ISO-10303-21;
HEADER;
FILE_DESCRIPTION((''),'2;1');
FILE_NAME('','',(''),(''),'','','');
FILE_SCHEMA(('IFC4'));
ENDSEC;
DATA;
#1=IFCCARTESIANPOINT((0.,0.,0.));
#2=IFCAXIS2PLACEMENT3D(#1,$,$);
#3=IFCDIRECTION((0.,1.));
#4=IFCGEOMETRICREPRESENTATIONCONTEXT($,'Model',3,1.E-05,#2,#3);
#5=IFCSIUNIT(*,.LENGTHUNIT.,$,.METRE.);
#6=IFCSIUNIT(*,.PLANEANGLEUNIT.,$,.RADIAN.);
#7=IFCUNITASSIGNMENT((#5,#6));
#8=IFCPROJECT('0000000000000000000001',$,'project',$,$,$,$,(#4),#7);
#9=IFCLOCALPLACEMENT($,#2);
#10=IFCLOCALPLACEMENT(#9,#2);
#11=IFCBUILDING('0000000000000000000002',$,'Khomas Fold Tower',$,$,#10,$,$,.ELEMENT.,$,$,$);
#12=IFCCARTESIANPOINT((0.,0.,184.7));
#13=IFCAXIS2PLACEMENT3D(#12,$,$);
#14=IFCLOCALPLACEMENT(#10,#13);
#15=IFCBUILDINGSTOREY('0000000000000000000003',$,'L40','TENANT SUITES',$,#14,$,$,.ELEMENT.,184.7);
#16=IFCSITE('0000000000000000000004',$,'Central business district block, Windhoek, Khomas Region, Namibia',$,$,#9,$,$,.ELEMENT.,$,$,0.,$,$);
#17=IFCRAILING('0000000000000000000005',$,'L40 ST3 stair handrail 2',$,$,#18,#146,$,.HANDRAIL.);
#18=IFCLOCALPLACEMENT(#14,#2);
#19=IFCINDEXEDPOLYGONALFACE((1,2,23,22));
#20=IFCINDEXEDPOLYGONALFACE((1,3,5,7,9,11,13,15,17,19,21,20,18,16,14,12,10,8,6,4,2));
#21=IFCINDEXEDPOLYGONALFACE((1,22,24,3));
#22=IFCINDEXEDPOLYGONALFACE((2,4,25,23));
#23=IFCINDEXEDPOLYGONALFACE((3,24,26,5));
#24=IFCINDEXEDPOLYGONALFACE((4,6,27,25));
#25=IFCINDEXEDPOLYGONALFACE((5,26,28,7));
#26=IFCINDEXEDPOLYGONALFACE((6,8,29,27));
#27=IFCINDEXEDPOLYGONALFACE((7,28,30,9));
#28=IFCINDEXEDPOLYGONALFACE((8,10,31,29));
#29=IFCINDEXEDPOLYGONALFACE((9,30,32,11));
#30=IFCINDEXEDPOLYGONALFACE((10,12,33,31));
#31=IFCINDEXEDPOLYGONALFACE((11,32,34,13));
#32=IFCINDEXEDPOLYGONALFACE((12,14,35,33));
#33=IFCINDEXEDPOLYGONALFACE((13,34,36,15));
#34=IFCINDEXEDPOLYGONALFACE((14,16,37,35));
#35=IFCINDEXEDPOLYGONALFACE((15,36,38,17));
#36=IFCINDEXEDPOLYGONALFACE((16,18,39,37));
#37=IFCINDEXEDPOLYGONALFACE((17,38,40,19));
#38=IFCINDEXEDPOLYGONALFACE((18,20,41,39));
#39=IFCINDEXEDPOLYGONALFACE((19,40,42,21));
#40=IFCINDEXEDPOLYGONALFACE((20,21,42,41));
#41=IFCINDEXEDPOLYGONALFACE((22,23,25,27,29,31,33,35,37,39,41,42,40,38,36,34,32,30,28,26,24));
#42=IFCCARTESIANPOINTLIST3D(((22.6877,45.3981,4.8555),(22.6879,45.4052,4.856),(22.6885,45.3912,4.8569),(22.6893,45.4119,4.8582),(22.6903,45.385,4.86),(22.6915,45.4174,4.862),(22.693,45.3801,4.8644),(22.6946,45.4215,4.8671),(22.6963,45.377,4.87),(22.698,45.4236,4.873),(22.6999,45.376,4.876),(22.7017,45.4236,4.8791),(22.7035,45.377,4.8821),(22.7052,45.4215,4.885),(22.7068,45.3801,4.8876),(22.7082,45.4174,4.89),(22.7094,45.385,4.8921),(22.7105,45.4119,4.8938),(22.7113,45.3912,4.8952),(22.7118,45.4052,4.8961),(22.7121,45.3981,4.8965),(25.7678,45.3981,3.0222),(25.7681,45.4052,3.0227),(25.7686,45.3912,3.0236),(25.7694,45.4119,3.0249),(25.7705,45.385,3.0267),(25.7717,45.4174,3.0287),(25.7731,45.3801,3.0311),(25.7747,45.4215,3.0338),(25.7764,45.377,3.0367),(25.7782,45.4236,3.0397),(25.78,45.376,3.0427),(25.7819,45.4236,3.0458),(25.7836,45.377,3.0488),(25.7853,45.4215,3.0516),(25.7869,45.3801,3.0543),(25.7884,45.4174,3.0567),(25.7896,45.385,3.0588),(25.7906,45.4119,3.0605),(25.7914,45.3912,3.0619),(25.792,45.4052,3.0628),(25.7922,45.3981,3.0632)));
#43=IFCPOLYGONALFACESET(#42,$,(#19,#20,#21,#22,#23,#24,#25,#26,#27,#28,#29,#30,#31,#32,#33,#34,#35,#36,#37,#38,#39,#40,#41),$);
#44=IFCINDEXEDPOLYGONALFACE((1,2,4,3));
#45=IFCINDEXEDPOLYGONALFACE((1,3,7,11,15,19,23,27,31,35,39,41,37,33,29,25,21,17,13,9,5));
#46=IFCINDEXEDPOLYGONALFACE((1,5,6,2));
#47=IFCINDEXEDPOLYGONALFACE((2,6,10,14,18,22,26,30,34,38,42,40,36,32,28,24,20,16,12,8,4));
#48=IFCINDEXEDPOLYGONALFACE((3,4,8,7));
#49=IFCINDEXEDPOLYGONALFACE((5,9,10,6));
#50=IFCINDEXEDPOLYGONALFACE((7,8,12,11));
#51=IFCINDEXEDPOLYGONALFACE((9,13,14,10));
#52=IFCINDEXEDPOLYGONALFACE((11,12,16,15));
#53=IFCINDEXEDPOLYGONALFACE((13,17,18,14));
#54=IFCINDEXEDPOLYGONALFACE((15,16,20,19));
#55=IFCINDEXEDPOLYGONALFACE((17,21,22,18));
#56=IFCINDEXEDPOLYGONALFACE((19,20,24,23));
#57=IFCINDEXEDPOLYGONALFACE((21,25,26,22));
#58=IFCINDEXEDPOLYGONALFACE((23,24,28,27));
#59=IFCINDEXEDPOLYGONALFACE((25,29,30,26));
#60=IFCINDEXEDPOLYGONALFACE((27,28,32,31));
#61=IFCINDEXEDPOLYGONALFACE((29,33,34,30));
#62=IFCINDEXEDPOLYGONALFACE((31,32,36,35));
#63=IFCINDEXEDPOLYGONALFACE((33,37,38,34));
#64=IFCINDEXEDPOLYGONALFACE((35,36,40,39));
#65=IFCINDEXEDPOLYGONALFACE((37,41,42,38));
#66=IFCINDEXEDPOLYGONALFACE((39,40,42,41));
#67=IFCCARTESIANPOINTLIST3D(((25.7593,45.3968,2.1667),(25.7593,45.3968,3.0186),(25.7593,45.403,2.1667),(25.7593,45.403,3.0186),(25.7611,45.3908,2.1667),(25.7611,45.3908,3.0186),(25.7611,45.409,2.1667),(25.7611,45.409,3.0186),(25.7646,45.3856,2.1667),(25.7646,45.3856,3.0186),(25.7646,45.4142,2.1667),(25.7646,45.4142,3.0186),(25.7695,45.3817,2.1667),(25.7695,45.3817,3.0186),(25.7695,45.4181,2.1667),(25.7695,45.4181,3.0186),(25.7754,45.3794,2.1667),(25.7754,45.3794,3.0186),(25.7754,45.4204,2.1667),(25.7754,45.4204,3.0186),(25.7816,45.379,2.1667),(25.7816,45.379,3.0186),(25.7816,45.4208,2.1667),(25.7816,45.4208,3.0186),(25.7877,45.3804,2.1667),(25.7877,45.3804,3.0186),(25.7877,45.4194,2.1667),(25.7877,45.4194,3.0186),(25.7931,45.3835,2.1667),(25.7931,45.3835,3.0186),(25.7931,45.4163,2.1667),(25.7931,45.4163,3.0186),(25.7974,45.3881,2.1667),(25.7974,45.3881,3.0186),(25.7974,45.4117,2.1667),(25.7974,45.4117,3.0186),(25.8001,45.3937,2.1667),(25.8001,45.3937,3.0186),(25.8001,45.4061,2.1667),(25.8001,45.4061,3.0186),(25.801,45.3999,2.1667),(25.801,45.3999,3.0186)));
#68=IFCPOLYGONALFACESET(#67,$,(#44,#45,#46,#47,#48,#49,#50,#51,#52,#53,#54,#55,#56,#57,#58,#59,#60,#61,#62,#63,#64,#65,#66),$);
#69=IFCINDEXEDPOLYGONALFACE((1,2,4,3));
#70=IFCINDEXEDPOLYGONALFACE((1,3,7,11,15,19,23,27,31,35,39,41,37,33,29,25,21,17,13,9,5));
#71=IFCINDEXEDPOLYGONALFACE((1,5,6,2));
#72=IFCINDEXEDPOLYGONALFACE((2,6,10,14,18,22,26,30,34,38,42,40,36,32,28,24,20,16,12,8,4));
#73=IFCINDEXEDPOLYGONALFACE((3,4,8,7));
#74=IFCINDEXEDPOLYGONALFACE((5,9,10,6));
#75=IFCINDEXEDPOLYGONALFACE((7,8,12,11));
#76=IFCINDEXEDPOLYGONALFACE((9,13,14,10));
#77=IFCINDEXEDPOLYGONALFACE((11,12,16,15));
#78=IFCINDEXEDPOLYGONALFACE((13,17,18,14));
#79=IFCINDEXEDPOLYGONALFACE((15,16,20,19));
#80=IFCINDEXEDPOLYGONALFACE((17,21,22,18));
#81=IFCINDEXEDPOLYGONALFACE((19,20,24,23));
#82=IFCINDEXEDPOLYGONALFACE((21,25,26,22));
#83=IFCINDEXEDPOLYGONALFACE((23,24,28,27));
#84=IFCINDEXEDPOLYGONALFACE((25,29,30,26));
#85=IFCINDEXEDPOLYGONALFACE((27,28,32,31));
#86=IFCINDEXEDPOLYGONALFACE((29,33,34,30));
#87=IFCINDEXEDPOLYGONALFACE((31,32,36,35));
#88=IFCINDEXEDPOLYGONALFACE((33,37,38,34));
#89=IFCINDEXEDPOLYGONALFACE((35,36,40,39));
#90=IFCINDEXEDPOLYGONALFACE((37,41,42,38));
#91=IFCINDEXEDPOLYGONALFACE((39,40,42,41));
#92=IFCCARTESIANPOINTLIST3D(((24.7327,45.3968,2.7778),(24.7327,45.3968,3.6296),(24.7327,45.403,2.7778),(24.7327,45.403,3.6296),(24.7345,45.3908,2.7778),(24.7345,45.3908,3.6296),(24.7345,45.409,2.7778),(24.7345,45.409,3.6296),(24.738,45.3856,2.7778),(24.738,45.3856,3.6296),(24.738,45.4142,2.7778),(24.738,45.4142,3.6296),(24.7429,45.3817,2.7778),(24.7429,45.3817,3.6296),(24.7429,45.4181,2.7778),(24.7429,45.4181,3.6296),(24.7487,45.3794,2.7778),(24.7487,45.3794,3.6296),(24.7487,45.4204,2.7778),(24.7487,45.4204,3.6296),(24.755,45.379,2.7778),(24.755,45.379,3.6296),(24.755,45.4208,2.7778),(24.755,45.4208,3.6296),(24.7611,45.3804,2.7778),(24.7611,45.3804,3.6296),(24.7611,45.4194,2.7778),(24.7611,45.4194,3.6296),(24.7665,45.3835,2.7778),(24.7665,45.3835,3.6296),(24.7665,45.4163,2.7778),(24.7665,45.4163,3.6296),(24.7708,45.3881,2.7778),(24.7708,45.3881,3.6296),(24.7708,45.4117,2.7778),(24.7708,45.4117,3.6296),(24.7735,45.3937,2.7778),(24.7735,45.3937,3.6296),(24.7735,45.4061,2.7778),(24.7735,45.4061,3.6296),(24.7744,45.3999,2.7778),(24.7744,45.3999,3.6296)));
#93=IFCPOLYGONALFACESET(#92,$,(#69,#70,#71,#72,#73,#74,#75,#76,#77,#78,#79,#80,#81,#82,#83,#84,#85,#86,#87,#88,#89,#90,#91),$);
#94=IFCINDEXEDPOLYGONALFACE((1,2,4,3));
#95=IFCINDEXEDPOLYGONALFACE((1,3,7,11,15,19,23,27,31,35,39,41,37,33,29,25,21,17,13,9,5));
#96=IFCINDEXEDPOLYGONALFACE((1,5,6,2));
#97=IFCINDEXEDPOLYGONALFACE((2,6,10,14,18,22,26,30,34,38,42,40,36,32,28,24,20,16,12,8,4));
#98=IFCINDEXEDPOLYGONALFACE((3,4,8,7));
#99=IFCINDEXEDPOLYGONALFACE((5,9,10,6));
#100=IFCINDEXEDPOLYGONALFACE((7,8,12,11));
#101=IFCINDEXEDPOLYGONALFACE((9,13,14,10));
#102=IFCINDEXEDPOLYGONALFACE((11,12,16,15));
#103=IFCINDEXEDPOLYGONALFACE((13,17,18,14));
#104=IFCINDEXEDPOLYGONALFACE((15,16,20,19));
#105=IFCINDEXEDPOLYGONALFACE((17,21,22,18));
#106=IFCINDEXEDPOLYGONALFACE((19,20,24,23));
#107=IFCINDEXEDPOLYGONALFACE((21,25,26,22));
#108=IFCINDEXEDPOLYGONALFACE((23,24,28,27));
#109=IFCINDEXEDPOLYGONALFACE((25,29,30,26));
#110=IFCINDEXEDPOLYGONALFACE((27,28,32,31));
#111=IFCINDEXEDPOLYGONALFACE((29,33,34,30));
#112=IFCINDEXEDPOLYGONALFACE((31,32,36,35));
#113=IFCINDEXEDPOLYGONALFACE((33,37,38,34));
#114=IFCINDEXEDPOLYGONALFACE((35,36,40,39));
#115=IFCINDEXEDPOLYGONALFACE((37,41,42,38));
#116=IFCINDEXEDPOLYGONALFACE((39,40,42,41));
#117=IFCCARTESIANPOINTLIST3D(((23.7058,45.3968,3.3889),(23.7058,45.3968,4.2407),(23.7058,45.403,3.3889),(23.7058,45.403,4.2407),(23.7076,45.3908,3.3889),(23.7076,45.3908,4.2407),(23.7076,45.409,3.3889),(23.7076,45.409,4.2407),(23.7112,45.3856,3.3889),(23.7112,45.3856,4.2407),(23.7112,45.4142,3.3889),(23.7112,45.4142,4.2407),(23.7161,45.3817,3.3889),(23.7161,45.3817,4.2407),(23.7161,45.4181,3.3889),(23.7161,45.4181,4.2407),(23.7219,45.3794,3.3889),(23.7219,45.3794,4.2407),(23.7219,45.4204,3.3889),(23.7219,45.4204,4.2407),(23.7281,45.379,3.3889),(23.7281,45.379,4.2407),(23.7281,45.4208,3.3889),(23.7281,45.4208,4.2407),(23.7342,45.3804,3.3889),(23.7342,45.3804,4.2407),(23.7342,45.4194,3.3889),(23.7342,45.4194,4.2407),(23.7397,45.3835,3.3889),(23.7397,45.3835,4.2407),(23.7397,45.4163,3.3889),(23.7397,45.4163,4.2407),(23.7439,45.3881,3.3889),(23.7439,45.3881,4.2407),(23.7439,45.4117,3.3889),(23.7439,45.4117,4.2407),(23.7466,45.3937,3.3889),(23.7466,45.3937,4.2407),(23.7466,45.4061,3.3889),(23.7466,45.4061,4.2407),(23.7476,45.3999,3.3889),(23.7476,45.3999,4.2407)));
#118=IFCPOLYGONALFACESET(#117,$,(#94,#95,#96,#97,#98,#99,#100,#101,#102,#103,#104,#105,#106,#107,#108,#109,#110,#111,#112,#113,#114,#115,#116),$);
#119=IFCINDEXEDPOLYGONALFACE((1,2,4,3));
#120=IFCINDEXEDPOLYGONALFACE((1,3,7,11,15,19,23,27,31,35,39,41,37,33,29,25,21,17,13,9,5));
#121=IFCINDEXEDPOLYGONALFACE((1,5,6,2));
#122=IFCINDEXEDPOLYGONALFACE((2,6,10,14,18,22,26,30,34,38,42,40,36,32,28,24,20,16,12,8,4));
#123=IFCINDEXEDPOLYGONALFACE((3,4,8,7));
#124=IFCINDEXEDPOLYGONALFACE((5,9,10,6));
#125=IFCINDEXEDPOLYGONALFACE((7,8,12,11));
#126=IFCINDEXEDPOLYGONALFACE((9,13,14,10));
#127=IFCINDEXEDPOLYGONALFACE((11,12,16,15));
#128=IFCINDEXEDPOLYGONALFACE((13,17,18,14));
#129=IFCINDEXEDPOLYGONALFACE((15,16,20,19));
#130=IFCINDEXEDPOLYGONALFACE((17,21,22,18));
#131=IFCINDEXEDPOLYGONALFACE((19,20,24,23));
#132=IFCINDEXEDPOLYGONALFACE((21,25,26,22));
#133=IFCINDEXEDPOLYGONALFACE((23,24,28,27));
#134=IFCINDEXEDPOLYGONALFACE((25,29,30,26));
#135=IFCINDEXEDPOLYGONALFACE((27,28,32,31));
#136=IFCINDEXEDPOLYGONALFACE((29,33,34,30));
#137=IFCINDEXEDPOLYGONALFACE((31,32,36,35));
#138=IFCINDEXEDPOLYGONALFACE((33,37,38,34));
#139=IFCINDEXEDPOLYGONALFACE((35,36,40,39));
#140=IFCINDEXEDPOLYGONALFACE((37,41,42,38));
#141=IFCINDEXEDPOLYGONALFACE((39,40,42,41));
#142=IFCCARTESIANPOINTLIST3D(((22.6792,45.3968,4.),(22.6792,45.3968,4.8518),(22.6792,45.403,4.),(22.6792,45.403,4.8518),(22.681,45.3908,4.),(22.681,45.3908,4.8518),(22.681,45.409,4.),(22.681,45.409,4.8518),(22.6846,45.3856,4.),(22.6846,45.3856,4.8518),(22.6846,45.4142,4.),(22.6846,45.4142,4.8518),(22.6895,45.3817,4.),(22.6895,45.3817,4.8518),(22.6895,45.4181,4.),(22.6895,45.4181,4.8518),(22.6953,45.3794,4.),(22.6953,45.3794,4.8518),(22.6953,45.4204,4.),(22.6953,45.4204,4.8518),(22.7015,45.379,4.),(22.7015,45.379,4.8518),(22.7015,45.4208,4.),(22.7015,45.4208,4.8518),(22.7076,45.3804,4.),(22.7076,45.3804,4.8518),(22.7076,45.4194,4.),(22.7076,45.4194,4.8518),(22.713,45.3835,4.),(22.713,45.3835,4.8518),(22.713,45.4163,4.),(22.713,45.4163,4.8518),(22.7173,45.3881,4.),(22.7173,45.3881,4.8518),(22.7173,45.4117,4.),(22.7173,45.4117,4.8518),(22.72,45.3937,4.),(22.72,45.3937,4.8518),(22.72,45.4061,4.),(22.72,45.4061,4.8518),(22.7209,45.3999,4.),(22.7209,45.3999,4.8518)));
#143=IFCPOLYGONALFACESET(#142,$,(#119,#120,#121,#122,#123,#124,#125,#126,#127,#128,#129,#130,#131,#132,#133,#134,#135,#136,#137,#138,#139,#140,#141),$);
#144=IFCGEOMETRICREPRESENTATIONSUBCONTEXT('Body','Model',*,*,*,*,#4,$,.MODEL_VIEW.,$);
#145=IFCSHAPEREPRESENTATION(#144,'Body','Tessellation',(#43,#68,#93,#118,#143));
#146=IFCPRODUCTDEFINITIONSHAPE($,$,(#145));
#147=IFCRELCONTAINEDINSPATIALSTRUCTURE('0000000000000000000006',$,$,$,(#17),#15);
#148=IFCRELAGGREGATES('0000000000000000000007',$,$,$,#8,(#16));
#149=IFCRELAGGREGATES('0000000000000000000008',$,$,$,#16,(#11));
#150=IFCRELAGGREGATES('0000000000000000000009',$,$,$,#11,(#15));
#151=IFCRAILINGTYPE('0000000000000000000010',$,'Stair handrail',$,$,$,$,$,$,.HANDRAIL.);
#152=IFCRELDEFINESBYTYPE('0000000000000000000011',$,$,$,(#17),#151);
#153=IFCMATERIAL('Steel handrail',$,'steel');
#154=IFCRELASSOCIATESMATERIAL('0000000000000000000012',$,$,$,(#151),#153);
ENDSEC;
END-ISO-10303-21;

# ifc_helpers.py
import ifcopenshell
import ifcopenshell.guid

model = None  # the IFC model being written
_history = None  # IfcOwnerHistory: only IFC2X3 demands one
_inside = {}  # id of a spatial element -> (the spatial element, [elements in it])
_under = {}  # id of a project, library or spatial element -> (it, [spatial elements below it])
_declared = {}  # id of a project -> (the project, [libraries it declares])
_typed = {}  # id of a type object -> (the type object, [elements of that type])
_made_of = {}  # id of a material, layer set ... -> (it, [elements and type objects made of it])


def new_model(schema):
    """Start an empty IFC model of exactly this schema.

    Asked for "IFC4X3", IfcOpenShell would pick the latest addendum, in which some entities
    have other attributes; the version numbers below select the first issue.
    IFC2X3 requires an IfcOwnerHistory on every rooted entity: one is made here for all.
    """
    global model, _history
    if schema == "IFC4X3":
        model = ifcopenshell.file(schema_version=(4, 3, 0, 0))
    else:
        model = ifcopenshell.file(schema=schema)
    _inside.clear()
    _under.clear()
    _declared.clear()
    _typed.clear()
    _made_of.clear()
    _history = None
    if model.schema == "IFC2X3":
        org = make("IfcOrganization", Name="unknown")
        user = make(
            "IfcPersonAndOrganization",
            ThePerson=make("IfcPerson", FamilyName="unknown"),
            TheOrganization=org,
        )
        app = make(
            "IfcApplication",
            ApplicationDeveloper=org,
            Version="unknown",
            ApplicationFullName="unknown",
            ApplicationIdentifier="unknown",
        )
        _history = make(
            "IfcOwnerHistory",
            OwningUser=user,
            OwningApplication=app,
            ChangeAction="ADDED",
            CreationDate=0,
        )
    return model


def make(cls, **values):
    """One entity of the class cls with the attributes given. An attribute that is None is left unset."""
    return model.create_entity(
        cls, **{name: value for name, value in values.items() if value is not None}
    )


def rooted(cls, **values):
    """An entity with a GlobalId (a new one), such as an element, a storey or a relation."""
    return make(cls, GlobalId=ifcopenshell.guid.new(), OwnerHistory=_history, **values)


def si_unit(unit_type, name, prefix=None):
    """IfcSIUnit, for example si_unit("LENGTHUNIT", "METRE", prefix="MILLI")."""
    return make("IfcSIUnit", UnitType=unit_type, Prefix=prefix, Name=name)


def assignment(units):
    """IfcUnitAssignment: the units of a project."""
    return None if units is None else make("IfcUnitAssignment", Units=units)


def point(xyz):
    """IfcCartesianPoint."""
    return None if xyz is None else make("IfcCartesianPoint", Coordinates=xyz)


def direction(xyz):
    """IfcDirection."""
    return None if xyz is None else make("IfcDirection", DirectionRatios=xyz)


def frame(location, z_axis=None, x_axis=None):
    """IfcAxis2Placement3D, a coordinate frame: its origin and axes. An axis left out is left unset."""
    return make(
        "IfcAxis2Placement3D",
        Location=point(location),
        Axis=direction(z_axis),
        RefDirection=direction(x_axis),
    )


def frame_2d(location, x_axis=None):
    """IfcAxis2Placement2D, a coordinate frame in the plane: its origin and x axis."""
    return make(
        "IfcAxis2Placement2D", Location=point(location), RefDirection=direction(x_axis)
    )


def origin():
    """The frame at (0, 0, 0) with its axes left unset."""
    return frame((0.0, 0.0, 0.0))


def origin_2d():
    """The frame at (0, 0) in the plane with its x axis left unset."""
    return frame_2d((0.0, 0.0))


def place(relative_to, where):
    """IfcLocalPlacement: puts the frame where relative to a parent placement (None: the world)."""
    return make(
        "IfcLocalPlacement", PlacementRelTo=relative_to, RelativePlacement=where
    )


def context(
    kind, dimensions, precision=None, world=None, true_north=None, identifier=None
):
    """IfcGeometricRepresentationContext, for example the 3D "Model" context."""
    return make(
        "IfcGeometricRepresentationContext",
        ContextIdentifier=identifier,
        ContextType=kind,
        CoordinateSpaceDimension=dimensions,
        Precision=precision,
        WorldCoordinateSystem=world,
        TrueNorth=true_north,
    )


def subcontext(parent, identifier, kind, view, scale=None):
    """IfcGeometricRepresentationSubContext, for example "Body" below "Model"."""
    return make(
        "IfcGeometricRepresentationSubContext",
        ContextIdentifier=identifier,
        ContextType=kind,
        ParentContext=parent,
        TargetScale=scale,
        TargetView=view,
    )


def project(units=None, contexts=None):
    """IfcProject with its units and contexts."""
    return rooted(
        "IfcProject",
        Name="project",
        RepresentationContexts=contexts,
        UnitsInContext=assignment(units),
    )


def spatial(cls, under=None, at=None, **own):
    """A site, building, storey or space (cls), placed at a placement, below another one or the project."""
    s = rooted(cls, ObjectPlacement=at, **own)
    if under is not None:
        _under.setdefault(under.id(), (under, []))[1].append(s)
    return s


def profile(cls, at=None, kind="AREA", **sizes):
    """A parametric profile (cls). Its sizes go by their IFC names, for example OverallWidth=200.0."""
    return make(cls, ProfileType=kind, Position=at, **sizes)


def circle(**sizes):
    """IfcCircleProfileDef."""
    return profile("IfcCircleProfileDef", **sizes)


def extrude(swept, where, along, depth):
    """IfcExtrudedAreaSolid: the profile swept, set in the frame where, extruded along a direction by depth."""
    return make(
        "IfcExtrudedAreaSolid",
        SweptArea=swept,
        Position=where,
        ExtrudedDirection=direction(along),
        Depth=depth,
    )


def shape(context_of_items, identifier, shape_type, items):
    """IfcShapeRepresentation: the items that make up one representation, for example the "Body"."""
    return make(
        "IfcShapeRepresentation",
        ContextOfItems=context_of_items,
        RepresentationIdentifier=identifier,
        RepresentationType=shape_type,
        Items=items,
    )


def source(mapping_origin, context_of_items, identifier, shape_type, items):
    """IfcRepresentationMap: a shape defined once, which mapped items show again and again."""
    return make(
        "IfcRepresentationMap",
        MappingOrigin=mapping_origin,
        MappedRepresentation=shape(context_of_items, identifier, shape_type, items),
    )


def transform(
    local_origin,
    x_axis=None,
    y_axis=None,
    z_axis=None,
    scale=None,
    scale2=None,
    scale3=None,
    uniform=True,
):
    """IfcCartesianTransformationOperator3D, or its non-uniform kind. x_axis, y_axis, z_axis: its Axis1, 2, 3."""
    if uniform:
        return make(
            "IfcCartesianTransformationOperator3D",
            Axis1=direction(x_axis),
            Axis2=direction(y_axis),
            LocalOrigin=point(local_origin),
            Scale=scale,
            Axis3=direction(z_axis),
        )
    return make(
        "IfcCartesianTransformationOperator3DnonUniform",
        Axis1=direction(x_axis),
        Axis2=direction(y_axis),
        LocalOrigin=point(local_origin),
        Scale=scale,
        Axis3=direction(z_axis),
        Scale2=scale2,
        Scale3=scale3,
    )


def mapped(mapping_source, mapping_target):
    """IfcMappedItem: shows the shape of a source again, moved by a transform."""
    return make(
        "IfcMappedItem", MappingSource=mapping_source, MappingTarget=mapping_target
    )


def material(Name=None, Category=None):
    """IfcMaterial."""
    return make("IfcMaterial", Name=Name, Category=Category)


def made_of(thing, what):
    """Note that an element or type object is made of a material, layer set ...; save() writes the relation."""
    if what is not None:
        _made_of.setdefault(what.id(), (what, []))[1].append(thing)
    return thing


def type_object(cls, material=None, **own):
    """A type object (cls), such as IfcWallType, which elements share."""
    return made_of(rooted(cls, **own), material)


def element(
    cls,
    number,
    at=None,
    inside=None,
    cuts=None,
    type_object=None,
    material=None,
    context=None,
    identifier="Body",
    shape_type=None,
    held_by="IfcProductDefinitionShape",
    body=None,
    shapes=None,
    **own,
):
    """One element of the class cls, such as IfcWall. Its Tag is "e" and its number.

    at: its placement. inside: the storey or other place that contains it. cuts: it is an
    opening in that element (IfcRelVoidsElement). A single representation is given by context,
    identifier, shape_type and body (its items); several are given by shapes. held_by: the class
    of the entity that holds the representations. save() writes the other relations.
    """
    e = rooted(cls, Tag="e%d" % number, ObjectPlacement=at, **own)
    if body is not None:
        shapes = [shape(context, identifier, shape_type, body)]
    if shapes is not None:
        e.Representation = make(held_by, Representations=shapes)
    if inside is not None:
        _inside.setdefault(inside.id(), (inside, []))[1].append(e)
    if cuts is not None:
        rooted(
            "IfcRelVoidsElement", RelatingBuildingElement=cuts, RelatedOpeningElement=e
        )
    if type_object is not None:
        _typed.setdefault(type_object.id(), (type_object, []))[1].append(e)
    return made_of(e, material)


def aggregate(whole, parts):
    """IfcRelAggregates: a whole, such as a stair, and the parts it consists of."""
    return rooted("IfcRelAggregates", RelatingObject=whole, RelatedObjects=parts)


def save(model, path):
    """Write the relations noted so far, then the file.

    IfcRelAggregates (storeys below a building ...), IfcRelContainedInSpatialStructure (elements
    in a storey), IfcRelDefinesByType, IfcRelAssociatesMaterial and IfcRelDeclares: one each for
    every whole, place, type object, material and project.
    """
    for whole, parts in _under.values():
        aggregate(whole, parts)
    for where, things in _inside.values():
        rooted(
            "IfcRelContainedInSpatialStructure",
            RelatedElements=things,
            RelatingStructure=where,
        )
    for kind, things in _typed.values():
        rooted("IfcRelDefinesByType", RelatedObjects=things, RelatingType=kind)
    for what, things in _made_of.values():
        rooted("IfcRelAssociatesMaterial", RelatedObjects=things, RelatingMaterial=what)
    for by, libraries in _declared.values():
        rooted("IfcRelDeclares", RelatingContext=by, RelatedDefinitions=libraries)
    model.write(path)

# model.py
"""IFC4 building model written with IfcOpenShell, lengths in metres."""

from ifc_helpers import new_model, si_unit, direction, frame, origin, origin_2d, place, context, subcontext, project, spatial, circle, extrude, source, transform, mapped, material, type_object, element, save


model = new_model("IFC4")

# Units and contexts
model_context = context("Model", 3, precision=1e-05, world=origin(), true_north=direction((0.0, 1.0)))
body_context = subcontext(model_context, "Body", "Model", "MODEL_VIEW")
ifc_project = project(units=[si_unit("LENGTHUNIT", "METRE"), si_unit("PLANEANGLEUNIT", "RADIAN")], contexts=[model_context])

# Site, building, storey
site_placement = place(None, origin())
site = spatial("IfcSite", under=ifc_project, at=site_placement, Name="Central business district block, Windhoek, Khomas Region, Namibia", CompositionType="ELEMENT", RefElevation=0.0)
building_placement = place(site_placement, origin())
building = spatial("IfcBuilding", under=site, at=building_placement, Name="Khomas Fold Tower", CompositionType="ELEMENT")
storey_placement = place(building_placement, frame((0.0, 0.0, 184.7)))
storey = spatial("IfcBuildingStorey", under=building, at=storey_placement, Name="L40", Description="TENANT SUITES", CompositionType="ELEMENT", Elevation=184.7)

# Railing
ifc_material_1 = material(Name="Steel handrail", Category="steel")
railing_type_1 = type_object("IfcRailingType", Name="Stair handrail", PredefinedType="HANDRAIL", material=ifc_material_1)
shared_shape_1 = source(origin(), body_context, "Body", "SweptSolid", [
    extrude(circle(Radius=0.0239, at=origin_2d()), frame((0.0, 0.0, 0.876), z_axis=(-0.859309, 0.0, 0.511458), x_axis=(0.0, -1.0, 0.0)), (0.0, 0.0, 1.0), 3.5845),
    extrude(circle(Radius=0.021, at=origin_2d()), origin(), (0.0, 0.0, 1.0), 0.8518),
    extrude(circle(Radius=0.021, at=origin_2d()), frame((-1.0266, 0.0, 0.6111)), (0.0, 0.0, 1.0), 0.8518),
    extrude(circle(Radius=0.021, at=origin_2d()), frame((-2.0535, 0.0, 1.2222)), (0.0, 0.0, 1.0), 0.8518),
    extrude(circle(Radius=0.021, at=origin_2d()), frame((-3.0801, 0.0, 1.8333)), (0.0, 0.0, 1.0), 0.8518),
])
railing_1_placement = place(storey_placement, frame((25.78, 45.3999, 2.1667)))
element("IfcRailing", 1, at=railing_1_placement, inside=storey, type_object=railing_type_1, Name="L40 ST3 stair handrail 2", PredefinedType="HANDRAIL", context=body_context, shape_type="MappedRepresentation", body=[
    mapped(shared_shape_1, transform((0.0, 0.0, 0.0))),
])

save(model, "model.ifc")
